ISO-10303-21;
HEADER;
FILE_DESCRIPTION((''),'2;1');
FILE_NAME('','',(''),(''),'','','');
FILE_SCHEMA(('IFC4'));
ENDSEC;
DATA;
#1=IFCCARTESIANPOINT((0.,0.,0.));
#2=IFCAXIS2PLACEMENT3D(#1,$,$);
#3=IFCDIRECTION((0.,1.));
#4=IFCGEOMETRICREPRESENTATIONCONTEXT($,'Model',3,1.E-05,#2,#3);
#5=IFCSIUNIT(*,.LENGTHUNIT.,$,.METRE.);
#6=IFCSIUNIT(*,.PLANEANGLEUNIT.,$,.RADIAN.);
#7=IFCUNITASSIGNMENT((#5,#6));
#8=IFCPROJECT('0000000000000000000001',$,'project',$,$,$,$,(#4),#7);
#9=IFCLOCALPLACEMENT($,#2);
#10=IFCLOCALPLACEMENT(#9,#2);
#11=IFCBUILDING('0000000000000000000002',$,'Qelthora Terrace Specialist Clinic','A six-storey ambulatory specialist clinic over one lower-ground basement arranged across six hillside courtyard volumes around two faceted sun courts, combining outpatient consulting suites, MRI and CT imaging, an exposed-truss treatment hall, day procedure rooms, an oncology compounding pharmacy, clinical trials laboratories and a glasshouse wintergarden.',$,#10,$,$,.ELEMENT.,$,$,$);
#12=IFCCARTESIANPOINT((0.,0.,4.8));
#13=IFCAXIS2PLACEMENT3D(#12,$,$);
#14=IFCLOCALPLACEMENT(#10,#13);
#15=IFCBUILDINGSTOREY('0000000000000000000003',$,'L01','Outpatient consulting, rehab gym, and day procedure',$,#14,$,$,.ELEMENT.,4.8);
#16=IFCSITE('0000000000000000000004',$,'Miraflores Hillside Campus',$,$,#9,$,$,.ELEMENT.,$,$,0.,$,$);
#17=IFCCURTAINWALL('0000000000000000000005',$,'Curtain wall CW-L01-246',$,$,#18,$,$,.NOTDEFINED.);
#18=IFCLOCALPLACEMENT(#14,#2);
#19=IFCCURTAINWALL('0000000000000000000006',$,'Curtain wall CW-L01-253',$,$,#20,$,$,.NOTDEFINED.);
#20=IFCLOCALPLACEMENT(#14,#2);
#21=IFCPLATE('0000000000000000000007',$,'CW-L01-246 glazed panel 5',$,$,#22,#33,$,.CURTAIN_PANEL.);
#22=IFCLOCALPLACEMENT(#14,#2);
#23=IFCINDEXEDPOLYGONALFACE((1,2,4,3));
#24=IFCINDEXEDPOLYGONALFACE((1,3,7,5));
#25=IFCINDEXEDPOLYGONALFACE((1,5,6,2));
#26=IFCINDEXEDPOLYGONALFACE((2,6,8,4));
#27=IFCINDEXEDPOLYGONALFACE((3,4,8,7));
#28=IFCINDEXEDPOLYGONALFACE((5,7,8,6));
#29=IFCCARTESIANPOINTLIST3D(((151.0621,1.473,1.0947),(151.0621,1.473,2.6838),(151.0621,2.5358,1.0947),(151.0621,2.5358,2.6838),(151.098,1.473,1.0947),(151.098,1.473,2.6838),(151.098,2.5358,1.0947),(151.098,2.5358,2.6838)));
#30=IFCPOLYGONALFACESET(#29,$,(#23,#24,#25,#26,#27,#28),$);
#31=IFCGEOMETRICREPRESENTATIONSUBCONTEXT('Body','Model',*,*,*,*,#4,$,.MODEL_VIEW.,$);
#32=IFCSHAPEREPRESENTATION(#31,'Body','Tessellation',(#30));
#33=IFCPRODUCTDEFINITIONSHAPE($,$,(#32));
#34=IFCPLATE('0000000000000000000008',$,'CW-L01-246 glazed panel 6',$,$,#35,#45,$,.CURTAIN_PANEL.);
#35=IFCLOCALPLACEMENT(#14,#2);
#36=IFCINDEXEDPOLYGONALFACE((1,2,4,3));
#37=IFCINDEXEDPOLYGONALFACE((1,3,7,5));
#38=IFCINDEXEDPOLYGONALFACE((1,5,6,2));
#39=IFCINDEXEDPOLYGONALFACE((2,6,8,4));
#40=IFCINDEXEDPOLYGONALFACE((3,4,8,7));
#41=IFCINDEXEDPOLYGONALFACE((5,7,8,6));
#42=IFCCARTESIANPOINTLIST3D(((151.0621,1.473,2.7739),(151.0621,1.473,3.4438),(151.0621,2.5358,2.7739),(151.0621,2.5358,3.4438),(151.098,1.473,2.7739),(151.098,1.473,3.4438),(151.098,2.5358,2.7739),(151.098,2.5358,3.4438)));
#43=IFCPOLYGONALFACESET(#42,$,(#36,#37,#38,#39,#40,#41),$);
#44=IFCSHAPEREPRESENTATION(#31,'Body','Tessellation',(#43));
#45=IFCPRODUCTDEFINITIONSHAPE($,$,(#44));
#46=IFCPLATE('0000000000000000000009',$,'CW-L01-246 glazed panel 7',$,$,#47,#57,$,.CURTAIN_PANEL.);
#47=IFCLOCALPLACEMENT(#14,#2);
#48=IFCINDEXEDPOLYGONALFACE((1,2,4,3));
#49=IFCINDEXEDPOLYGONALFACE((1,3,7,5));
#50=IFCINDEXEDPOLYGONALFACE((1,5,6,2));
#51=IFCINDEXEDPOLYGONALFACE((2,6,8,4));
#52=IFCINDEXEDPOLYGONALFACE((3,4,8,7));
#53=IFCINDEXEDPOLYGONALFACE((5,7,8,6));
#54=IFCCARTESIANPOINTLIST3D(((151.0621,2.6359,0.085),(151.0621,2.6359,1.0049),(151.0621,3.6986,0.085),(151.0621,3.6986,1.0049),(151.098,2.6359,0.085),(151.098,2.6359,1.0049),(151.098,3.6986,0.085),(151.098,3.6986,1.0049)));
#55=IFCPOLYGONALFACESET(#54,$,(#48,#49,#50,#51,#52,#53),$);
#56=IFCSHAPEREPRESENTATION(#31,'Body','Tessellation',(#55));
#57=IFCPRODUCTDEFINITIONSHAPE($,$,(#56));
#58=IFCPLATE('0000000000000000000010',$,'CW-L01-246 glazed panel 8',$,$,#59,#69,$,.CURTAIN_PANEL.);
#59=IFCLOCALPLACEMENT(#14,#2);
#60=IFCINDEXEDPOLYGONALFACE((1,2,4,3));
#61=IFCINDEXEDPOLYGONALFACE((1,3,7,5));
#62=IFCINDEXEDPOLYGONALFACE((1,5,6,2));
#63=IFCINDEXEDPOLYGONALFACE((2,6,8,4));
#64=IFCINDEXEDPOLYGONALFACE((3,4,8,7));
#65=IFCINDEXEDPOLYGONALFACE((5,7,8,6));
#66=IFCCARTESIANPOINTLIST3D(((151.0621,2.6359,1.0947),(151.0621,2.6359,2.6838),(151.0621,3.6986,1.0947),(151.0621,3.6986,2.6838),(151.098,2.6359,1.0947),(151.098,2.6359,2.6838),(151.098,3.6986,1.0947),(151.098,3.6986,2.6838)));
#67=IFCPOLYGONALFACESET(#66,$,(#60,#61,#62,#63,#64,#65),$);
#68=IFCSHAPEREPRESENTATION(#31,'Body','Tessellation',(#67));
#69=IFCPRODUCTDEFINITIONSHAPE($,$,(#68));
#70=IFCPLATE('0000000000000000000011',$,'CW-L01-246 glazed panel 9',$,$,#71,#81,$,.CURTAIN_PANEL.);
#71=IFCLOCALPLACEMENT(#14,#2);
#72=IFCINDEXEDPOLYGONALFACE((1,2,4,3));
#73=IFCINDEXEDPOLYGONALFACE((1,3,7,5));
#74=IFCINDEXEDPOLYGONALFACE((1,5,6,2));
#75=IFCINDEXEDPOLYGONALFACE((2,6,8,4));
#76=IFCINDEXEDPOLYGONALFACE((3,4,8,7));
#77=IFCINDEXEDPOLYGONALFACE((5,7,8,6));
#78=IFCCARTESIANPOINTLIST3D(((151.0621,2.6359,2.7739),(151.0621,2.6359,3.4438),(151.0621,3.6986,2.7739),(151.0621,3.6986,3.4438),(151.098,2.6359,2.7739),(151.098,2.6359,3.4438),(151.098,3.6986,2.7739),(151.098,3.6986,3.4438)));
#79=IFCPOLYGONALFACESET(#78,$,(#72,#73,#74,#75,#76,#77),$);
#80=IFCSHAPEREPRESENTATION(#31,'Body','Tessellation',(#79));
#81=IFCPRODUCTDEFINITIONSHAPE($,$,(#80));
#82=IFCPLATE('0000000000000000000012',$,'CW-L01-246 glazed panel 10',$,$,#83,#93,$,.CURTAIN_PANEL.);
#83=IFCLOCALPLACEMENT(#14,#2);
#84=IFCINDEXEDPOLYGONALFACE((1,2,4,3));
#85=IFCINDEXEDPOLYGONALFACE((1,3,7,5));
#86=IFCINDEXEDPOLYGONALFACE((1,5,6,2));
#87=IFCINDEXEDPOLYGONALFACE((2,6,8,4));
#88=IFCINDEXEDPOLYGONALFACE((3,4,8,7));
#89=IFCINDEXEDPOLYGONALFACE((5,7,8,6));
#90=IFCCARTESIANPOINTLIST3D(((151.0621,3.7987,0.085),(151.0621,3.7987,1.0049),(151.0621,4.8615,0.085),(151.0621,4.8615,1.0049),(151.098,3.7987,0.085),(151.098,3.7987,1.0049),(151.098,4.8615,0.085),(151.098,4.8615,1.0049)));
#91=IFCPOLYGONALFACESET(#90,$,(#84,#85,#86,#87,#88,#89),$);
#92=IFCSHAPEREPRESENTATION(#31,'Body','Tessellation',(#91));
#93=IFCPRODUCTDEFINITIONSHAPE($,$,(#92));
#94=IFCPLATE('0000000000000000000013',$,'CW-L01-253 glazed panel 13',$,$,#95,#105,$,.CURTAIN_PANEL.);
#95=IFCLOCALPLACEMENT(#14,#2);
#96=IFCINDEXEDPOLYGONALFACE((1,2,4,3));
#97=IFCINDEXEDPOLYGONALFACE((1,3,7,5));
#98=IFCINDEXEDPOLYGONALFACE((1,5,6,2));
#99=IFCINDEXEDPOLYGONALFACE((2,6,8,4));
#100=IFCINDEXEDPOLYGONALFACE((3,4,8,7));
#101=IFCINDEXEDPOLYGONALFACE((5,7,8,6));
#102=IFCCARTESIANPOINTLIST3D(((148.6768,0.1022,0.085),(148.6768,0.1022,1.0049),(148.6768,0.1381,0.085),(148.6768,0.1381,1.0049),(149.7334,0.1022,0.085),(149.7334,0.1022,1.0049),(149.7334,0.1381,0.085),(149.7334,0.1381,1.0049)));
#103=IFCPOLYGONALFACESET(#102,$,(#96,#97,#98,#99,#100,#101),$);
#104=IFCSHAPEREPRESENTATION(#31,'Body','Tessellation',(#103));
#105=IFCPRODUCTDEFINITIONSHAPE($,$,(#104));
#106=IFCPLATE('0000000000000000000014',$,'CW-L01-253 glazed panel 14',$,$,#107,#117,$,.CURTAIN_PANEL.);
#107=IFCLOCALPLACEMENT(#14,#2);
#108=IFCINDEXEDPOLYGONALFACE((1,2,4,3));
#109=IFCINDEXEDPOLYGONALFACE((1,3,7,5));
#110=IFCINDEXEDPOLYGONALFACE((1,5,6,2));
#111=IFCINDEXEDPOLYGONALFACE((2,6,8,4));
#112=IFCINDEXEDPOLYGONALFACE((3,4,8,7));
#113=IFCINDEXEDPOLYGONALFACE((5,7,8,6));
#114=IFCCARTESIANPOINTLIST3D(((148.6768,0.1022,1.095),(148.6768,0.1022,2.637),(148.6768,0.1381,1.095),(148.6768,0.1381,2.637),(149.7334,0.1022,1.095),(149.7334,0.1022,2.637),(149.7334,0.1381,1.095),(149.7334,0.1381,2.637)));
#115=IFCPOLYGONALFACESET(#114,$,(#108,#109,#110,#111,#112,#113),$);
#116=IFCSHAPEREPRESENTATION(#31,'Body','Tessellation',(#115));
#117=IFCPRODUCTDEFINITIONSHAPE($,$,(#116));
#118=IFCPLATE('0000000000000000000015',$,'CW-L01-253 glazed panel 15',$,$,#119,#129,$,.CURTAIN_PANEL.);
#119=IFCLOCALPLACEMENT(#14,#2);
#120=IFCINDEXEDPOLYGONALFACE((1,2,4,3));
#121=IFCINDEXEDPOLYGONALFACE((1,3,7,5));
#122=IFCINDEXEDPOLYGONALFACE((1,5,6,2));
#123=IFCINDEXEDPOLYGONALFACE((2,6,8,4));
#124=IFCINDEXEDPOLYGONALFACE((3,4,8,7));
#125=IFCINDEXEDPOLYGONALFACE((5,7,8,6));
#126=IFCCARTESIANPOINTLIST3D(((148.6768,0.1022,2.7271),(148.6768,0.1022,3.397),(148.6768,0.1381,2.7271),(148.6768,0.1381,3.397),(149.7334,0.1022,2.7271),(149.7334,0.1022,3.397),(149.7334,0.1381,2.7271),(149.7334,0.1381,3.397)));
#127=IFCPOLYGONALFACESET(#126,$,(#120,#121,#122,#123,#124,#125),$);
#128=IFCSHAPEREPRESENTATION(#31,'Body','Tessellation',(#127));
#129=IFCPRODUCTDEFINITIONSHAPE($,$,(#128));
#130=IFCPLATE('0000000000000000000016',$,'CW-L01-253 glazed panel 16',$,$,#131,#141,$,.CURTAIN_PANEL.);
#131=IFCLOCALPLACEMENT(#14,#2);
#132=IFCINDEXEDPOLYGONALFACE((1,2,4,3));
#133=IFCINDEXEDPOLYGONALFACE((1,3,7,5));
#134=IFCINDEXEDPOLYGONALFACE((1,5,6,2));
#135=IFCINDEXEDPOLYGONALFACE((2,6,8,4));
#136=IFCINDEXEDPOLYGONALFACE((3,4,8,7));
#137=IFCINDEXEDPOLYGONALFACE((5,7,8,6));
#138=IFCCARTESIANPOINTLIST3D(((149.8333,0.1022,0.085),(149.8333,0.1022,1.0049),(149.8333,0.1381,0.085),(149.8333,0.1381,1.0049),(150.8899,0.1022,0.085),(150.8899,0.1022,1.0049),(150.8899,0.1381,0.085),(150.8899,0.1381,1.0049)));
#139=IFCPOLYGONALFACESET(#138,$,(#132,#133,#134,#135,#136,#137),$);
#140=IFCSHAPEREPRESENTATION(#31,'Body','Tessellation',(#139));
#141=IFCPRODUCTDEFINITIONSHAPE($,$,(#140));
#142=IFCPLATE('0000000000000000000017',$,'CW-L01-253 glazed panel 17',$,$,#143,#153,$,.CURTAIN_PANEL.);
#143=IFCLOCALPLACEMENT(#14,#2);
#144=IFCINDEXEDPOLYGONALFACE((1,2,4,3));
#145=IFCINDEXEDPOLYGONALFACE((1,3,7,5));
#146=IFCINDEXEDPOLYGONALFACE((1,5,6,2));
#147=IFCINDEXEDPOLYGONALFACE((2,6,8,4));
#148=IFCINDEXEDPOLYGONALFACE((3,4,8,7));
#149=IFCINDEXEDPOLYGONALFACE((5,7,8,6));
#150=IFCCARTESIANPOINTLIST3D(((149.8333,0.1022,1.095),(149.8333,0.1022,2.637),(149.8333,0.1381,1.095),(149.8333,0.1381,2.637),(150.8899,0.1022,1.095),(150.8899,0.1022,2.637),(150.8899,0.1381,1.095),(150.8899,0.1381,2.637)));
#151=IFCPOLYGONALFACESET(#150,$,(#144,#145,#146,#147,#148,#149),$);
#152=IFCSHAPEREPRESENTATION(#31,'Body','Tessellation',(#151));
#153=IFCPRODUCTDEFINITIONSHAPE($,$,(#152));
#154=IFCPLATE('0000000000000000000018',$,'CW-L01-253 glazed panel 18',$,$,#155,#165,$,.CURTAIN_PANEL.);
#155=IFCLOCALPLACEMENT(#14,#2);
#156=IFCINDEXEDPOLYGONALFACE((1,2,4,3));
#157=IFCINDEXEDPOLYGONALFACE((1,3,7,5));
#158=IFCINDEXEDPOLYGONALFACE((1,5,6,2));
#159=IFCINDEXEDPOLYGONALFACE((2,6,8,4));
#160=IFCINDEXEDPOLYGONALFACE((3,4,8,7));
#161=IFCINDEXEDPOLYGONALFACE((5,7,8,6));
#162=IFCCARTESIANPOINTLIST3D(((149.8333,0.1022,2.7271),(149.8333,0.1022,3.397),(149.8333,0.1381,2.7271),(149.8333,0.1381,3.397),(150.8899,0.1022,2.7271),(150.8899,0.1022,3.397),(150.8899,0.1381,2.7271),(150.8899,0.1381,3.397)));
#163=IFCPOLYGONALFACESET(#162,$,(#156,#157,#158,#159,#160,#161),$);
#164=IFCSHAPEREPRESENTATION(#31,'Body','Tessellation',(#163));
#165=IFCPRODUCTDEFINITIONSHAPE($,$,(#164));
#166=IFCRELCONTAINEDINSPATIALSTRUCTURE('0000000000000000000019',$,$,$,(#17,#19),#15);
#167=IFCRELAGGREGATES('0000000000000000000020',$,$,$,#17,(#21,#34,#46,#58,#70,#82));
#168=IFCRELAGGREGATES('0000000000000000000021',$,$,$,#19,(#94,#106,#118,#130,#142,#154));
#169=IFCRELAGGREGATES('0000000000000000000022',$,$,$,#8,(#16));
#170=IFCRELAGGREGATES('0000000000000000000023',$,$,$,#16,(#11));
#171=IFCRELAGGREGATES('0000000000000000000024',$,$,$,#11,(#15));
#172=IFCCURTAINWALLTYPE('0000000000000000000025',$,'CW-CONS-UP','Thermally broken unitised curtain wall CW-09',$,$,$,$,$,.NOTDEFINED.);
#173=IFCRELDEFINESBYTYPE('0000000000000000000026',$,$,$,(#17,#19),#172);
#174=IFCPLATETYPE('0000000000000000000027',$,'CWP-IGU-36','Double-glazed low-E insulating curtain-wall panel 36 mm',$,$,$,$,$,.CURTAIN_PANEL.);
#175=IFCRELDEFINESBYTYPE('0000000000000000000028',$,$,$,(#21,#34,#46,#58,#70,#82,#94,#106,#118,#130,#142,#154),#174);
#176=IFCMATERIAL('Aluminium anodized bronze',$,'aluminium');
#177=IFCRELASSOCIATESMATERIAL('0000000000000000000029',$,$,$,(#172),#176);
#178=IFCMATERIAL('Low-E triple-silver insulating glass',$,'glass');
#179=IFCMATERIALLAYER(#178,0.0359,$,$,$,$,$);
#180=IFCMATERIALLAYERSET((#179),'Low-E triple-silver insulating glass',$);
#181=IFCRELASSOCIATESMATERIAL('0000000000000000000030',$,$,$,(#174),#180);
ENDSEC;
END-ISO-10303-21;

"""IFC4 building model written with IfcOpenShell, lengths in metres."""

from ifc_helpers import new_model, si_unit, direction, frame, origin, origin_2d, place, context, subcontext, project, spatial, rectangle, extrude, material, layer, layer_set, type_object, element, aggregate, save


model = new_model("IFC4")

# Units and contexts
model_context = context("Model", 3, precision=1e-05, world=origin(), true_north=direction((0.0, 1.0)))
body_context = subcontext(model_context, "Body", "Model", "MODEL_VIEW")
ifc_project = project(units=[si_unit("LENGTHUNIT", "METRE"), si_unit("PLANEANGLEUNIT", "RADIAN")], contexts=[model_context])

# Site, building, storey
site_placement = place(None, origin())
site = spatial("IfcSite", under=ifc_project, at=site_placement, Name="Miraflores Hillside Campus", CompositionType="ELEMENT", RefElevation=0.0)
building_placement = place(site_placement, origin())
building = spatial("IfcBuilding", under=site, at=building_placement, Name="Qelthora Terrace Specialist Clinic", Description="A six-storey ambulatory specialist clinic over one lower-ground basement arranged across six hillside courtyard volumes around two faceted sun courts, combining outpatient consulting suites, MRI and CT imaging, an exposed-truss treatment hall, day procedure rooms, an oncology compounding pharmacy, clinical trials laboratories and a glasshouse wintergarden.", CompositionType="ELEMENT")
storey_placement = place(building_placement, frame((0.0, 0.0, 4.8)))
storey = spatial("IfcBuildingStorey", under=building, at=storey_placement, Name="L01", Description="Outpatient consulting, rehab gym, and day procedure", CompositionType="ELEMENT", Elevation=4.8)

# Curtain walls
ifc_material_1 = material(Name="Aluminium anodized bronze", Category="aluminium")
curtain_wall_type = type_object("IfcCurtainWallType", Name="CW-CONS-UP", Description="Thermally broken unitised curtain wall CW-09", PredefinedType="NOTDEFINED", material=ifc_material_1)
curtain_wall_1_placement = place(storey_placement, origin())
curtain_wall_1 = element("IfcCurtainWall", 1, at=curtain_wall_1_placement, inside=storey, type_object=curtain_wall_type, Name="Curtain wall CW-L01-246", PredefinedType="NOTDEFINED")
curtain_wall_2_placement = place(storey_placement, origin())
curtain_wall_2 = element("IfcCurtainWall", 2, at=curtain_wall_2_placement, inside=storey, type_object=curtain_wall_type, Name="Curtain wall CW-L01-253", PredefinedType="NOTDEFINED")

# Plates
ifc_material_2 = material(Name="Low-E triple-silver insulating glass", Category="glass")
ifc_layer = layer(ifc_material_2, 0.0359)
ifc_layer_set = layer_set([ifc_layer], Name="Low-E triple-silver insulating glass")
plate_type = type_object("IfcPlateType", Name="CWP-IGU-36", Description="Double-glazed low-E insulating curtain-wall panel 36 mm", PredefinedType="CURTAIN_PANEL", material=ifc_layer_set)
plate_1_placement = place(storey_placement, frame((151.0801, 2.0044, 1.0947), z_axis=(0.0, 0.0, 1.0), x_axis=(0.0, 1.0, 0.0)))
plate_1 = element("IfcPlate", 3, at=plate_1_placement, type_object=plate_type, Name="CW-L01-246 glazed panel 5", PredefinedType="CURTAIN_PANEL", context=body_context, shape_type="SweptSolid", body=[
    extrude(rectangle(XDim=1.0627, YDim=0.0359, at=origin_2d()), origin(), (0.0, 0.0, 1.0), 1.5891),
])
plate_2_placement = place(storey_placement, frame((151.0801, 2.0044, 2.7739), z_axis=(0.0, 0.0, 1.0), x_axis=(0.0, 1.0, 0.0)))
plate_2 = element("IfcPlate", 4, at=plate_2_placement, type_object=plate_type, Name="CW-L01-246 glazed panel 6", PredefinedType="CURTAIN_PANEL", context=body_context, shape_type="SweptSolid", body=[
    extrude(rectangle(XDim=1.0627, YDim=0.0359, at=origin_2d()), origin(), (0.0, 0.0, 1.0), 0.6699),
])
plate_3_placement = place(storey_placement, frame((151.0801, 3.1672, 0.085), z_axis=(0.0, 0.0, 1.0), x_axis=(0.0, 1.0, 0.0)))
plate_3 = element("IfcPlate", 5, at=plate_3_placement, type_object=plate_type, Name="CW-L01-246 glazed panel 7", PredefinedType="CURTAIN_PANEL", context=body_context, shape_type="SweptSolid", body=[
    extrude(rectangle(XDim=1.0627, YDim=0.0359, at=origin_2d()), origin(), (0.0, 0.0, 1.0), 0.9199),
])
plate_4_placement = place(storey_placement, frame((151.0801, 3.1672, 1.0947), z_axis=(0.0, 0.0, 1.0), x_axis=(0.0, 1.0, 0.0)))
plate_4 = element("IfcPlate", 6, at=plate_4_placement, type_object=plate_type, Name="CW-L01-246 glazed panel 8", PredefinedType="CURTAIN_PANEL", context=body_context, shape_type="SweptSolid", body=[
    extrude(rectangle(XDim=1.0627, YDim=0.0359, at=origin_2d()), origin(), (0.0, 0.0, 1.0), 1.5891),
])
plate_5_placement = place(storey_placement, frame((151.0801, 3.1672, 2.7739), z_axis=(0.0, 0.0, 1.0), x_axis=(0.0, 1.0, 0.0)))
plate_5 = element("IfcPlate", 7, at=plate_5_placement, type_object=plate_type, Name="CW-L01-246 glazed panel 9", PredefinedType="CURTAIN_PANEL", context=body_context, shape_type="SweptSolid", body=[
    extrude(rectangle(XDim=1.0627, YDim=0.0359, at=origin_2d()), origin(), (0.0, 0.0, 1.0), 0.6699),
])
plate_6_placement = place(storey_placement, frame((151.0801, 4.3301, 0.085), z_axis=(0.0, 0.0, 1.0), x_axis=(0.0, 1.0, 0.0)))
plate_6 = element("IfcPlate", 8, at=plate_6_placement, type_object=plate_type, Name="CW-L01-246 glazed panel 10", PredefinedType="CURTAIN_PANEL", context=body_context, shape_type="SweptSolid", body=[
    extrude(rectangle(XDim=1.0627, YDim=0.0359, at=origin_2d()), origin(), (0.0, 0.0, 1.0), 0.9199),
])
aggregate(curtain_wall_1, [plate_1, plate_2, plate_3, plate_4, plate_5, plate_6])
plate_7_placement = place(storey_placement, frame((149.2051, 0.1201, 0.085), z_axis=(0.0, 0.0, 1.0), x_axis=(1.0, 0.0, 0.0)))
plate_7 = element("IfcPlate", 9, at=plate_7_placement, type_object=plate_type, Name="CW-L01-253 glazed panel 13", PredefinedType="CURTAIN_PANEL", context=body_context, shape_type="SweptSolid", body=[
    extrude(rectangle(XDim=1.0566, YDim=0.0359, at=origin_2d()), origin(), (0.0, 0.0, 1.0), 0.9199),
])
plate_8_placement = place(storey_placement, frame((149.2051, 0.1201, 1.095), z_axis=(0.0, 0.0, 1.0), x_axis=(1.0, 0.0, 0.0)))
plate_8 = element("IfcPlate", 10, at=plate_8_placement, type_object=plate_type, Name="CW-L01-253 glazed panel 14", PredefinedType="CURTAIN_PANEL", context=body_context, shape_type="SweptSolid", body=[
    extrude(rectangle(XDim=1.0566, YDim=0.0359, at=origin_2d()), origin(), (0.0, 0.0, 1.0), 1.542),
])
plate_9_placement = place(storey_placement, frame((149.2051, 0.1201, 2.7271), z_axis=(0.0, 0.0, 1.0), x_axis=(1.0, 0.0, 0.0)))
plate_9 = element("IfcPlate", 11, at=plate_9_placement, type_object=plate_type, Name="CW-L01-253 glazed panel 15", PredefinedType="CURTAIN_PANEL", context=body_context, shape_type="SweptSolid", body=[
    extrude(rectangle(XDim=1.0566, YDim=0.0359, at=origin_2d()), origin(), (0.0, 0.0, 1.0), 0.6699),
])
plate_10_placement = place(storey_placement, frame((150.3616, 0.1201, 0.085), z_axis=(0.0, 0.0, 1.0), x_axis=(1.0, 0.0, 0.0)))
plate_10 = element("IfcPlate", 12, at=plate_10_placement, type_object=plate_type, Name="CW-L01-253 glazed panel 16", PredefinedType="CURTAIN_PANEL", context=body_context, shape_type="SweptSolid", body=[
    extrude(rectangle(XDim=1.0566, YDim=0.0359, at=origin_2d()), origin(), (0.0, 0.0, 1.0), 0.9199),
])
plate_11_placement = place(storey_placement, frame((150.3616, 0.1201, 1.095), z_axis=(0.0, 0.0, 1.0), x_axis=(1.0, 0.0, 0.0)))
plate_11 = element("IfcPlate", 13, at=plate_11_placement, type_object=plate_type, Name="CW-L01-253 glazed panel 17", PredefinedType="CURTAIN_PANEL", context=body_context, shape_type="SweptSolid", body=[
    extrude(rectangle(XDim=1.0566, YDim=0.0359, at=origin_2d()), origin(), (0.0, 0.0, 1.0), 1.542),
])
plate_12_placement = place(storey_placement, frame((150.3616, 0.1201, 2.7271), z_axis=(0.0, 0.0, 1.0), x_axis=(1.0, 0.0, 0.0)))
plate_12 = element("IfcPlate", 14, at=plate_12_placement, type_object=plate_type, Name="CW-L01-253 glazed panel 18", PredefinedType="CURTAIN_PANEL", context=body_context, shape_type="SweptSolid", body=[
    extrude(rectangle(XDim=1.0566, YDim=0.0359, at=origin_2d()), origin(), (0.0, 0.0, 1.0), 0.6699),
])
aggregate(curtain_wall_2, [plate_7, plate_8, plate_9, plate_10, plate_11, plate_12])

save(model, "model.ifc")
